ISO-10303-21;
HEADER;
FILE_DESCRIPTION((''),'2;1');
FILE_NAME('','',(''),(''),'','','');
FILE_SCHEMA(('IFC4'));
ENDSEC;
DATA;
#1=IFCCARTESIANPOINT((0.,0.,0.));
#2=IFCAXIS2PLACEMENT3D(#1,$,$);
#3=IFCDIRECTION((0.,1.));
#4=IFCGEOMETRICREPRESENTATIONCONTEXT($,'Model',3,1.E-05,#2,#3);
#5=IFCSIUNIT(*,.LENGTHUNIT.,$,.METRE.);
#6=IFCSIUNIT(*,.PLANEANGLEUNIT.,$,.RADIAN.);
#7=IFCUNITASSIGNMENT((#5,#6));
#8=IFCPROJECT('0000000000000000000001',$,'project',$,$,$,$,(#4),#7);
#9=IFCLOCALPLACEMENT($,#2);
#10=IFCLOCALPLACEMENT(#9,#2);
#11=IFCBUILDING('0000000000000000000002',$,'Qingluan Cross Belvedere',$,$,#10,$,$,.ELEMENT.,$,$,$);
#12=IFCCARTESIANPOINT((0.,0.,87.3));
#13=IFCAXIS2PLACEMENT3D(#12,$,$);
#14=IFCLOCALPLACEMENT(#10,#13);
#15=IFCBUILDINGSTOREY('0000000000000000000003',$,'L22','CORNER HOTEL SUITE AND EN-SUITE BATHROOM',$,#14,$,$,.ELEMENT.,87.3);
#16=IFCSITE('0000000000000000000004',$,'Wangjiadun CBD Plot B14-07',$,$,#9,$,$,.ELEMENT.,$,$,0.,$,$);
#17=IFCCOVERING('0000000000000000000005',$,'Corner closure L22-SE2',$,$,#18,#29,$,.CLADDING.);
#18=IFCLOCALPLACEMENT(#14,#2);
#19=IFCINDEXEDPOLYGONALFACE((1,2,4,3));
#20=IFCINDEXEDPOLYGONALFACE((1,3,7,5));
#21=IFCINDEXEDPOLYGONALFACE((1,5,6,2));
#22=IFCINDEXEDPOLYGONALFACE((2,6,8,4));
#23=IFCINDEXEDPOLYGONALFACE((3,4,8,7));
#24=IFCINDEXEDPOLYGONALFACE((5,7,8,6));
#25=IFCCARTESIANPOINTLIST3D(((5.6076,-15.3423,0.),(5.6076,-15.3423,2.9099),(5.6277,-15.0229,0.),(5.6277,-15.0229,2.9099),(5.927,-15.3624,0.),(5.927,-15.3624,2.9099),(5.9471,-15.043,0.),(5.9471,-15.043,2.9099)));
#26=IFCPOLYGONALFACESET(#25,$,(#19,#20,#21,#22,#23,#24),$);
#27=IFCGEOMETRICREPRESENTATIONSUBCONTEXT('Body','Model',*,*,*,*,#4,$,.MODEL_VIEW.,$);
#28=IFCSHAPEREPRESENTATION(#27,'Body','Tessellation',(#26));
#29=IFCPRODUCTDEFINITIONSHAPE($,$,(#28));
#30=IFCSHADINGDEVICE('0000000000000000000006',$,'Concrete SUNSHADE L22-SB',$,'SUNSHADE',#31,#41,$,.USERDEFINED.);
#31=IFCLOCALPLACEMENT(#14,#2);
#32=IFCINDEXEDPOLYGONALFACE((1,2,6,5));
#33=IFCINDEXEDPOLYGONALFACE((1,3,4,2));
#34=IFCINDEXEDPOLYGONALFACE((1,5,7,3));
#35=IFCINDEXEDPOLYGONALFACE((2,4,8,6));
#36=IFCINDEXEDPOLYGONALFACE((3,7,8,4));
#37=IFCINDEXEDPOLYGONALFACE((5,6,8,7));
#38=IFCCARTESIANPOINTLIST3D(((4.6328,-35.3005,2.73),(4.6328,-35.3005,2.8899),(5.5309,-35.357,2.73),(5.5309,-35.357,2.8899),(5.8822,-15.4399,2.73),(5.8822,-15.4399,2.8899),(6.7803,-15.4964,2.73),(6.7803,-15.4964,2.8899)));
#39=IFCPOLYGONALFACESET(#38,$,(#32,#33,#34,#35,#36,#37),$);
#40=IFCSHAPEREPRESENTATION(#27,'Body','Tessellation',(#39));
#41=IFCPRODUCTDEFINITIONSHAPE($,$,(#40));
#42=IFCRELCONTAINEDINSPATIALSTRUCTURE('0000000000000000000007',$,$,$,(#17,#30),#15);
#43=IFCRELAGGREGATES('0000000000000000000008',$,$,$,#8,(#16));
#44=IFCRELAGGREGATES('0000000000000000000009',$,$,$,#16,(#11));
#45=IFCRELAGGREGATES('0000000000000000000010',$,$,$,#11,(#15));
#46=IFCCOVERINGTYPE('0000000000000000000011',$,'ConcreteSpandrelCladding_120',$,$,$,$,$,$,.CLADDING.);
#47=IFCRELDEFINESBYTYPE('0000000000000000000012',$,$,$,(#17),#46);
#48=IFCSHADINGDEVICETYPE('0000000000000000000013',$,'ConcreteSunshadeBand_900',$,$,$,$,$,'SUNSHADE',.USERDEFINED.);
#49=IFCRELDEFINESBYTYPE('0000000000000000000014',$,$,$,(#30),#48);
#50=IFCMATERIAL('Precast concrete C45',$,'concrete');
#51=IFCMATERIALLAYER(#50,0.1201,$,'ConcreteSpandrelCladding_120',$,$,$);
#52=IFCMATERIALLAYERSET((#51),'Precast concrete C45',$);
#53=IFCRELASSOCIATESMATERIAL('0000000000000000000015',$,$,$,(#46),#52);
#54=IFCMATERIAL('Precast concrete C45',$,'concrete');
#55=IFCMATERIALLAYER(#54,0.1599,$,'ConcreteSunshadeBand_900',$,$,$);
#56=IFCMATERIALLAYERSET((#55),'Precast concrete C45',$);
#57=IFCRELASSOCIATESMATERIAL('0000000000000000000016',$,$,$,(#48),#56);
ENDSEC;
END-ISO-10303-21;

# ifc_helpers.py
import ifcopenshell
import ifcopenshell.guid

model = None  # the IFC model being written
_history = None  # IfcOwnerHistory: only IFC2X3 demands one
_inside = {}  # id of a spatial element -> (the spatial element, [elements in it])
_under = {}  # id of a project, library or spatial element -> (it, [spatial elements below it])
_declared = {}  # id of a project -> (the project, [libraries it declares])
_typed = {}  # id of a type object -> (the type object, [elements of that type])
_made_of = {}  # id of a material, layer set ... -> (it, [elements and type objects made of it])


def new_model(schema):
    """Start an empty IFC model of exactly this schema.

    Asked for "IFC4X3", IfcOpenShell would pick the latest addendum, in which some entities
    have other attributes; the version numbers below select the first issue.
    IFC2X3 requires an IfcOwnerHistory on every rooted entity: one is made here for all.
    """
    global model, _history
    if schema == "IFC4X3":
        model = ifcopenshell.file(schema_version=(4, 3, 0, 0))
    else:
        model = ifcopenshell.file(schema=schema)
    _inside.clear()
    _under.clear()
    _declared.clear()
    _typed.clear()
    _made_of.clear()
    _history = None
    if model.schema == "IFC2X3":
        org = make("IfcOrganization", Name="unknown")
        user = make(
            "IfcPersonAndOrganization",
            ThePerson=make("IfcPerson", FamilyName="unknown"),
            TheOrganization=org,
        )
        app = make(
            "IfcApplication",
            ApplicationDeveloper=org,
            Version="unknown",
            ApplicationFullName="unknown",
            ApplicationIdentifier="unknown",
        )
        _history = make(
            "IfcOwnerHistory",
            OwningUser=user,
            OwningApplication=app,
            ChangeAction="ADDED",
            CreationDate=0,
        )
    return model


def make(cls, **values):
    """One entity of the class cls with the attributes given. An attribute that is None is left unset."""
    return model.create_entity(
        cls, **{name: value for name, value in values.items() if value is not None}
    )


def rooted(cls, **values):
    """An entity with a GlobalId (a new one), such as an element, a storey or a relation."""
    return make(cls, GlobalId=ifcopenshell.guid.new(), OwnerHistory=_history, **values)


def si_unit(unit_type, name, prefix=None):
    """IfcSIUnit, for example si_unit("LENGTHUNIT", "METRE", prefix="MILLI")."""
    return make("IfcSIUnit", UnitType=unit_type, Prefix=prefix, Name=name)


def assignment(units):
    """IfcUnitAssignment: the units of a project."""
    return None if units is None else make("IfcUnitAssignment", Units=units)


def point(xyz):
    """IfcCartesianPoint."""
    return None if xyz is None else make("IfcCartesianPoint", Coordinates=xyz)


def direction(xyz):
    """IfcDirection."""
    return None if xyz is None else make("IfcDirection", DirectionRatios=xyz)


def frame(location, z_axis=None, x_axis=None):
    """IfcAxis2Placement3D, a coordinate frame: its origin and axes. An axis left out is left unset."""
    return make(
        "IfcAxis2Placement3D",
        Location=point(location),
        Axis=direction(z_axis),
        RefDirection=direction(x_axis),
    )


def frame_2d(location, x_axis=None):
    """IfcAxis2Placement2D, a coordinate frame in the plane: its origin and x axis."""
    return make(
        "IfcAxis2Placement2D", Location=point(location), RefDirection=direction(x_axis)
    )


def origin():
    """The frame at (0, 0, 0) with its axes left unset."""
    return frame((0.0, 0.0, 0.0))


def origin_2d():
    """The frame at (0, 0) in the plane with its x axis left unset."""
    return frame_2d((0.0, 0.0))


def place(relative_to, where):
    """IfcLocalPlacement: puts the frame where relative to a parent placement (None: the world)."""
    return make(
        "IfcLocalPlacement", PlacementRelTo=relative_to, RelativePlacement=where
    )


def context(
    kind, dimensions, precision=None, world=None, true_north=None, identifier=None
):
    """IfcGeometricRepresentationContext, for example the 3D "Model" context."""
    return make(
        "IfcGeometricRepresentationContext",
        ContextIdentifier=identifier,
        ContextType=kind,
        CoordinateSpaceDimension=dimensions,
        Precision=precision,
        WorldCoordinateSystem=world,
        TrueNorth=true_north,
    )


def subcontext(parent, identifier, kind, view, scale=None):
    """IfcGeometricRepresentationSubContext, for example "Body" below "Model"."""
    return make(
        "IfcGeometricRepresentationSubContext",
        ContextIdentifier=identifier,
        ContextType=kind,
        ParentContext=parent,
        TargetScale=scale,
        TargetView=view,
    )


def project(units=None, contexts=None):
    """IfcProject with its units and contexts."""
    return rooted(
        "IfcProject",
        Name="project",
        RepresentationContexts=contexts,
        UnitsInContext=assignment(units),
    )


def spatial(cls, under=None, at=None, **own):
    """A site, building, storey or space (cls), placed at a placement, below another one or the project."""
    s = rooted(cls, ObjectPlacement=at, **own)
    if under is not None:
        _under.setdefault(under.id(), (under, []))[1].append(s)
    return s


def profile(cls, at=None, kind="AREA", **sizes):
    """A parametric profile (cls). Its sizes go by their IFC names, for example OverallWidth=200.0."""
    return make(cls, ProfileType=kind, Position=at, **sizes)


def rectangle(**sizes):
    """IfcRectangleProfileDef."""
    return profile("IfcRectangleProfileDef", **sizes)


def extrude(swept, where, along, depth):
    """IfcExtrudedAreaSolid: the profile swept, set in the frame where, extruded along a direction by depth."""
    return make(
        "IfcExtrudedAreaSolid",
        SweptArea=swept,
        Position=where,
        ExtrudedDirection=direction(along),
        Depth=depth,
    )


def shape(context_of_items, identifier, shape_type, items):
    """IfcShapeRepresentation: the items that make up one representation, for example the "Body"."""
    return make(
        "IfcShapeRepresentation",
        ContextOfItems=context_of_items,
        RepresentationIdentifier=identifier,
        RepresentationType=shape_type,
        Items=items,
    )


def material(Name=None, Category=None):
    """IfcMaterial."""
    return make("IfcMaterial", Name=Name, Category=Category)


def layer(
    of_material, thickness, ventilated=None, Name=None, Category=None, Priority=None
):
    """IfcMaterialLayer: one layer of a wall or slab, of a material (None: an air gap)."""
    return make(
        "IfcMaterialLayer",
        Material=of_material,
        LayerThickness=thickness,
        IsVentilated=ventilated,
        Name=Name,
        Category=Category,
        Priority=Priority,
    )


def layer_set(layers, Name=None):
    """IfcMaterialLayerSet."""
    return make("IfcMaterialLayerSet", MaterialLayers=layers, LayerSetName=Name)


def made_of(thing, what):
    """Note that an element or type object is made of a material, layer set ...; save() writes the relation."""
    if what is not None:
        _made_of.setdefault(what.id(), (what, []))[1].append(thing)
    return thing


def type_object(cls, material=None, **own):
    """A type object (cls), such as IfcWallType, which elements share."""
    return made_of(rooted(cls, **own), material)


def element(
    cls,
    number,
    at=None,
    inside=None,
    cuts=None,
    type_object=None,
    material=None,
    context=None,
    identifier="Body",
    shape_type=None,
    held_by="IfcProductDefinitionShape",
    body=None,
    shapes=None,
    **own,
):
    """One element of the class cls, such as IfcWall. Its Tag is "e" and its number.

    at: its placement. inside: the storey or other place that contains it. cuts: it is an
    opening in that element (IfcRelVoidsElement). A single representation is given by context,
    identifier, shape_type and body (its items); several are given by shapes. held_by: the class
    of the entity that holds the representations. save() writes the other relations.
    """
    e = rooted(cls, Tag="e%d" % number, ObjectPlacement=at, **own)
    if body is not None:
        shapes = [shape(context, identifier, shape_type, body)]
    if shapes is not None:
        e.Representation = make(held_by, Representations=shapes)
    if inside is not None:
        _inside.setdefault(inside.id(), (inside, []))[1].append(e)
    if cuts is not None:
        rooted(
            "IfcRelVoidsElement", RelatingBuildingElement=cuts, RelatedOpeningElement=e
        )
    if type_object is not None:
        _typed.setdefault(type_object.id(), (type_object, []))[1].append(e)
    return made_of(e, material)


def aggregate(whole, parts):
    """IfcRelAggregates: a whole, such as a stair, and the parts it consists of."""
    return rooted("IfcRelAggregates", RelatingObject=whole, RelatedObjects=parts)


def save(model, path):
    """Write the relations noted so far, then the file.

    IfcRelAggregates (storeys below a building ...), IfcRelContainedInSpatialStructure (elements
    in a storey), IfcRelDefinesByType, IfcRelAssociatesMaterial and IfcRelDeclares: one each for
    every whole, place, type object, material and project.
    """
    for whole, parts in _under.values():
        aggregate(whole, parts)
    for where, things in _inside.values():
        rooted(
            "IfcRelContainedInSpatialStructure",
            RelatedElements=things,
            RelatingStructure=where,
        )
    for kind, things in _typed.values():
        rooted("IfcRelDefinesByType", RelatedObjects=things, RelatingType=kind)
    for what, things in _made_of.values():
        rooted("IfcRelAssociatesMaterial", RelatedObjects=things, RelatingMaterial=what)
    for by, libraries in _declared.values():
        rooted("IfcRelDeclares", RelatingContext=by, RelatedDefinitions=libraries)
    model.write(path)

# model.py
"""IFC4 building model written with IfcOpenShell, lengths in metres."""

from ifc_helpers import new_model, si_unit, direction, frame, origin, origin_2d, place, context, subcontext, project, spatial, rectangle, extrude, material, layer, layer_set, type_object, element, save


model = new_model("IFC4")

# Units and contexts
model_context = context("Model", 3, precision=1e-05, world=origin(), true_north=direction((0.0, 1.0)))
body_context = subcontext(model_context, "Body", "Model", "MODEL_VIEW")
ifc_project = project(units=[si_unit("LENGTHUNIT", "METRE"), si_unit("PLANEANGLEUNIT", "RADIAN")], contexts=[model_context])

# Site, building, storey
site_placement = place(None, origin())
site = spatial("IfcSite", under=ifc_project, at=site_placement, Name="Wangjiadun CBD Plot B14-07", CompositionType="ELEMENT", RefElevation=0.0)
building_placement = place(site_placement, origin())
building = spatial("IfcBuilding", under=site, at=building_placement, Name="Qingluan Cross Belvedere", CompositionType="ELEMENT")
storey_placement = place(building_placement, frame((0.0, 0.0, 87.3)))
storey = spatial("IfcBuildingStorey", under=building, at=storey_placement, Name="L22", Description="CORNER HOTEL SUITE AND EN-SUITE BATHROOM", CompositionType="ELEMENT", Elevation=87.3)

# Covering
ifc_material_1 = material(Name="Precast concrete C45", Category="concrete")
ifc_layer_1 = layer(ifc_material_1, 0.1201, Name="ConcreteSpandrelCladding_120")
ifc_layer_set_1 = layer_set([ifc_layer_1], Name="Precast concrete C45")
covering_type = type_object("IfcCoveringType", Name="ConcreteSpandrelCladding_120", PredefinedType="CLADDING", material=ifc_layer_set_1)
covering_placement = place(storey_placement, frame((5.7773, -15.1926, 0.0), z_axis=(0.0, 0.0, 1.0), x_axis=(0.998027, -0.062791, 0.0)))
element("IfcCovering", 1, at=covering_placement, inside=storey, type_object=covering_type, Name="Corner closure L22-SE2", PredefinedType="CLADDING", context=body_context, shape_type="SweptSolid", body=[
    extrude(rectangle(XDim=0.3201, YDim=0.3201, at=origin_2d()), origin(), (0.0, 0.0, 1.0), 2.9099),
])

# Shading device
ifc_material_2 = material(Name="Precast concrete C45", Category="concrete")
ifc_layer_2 = layer(ifc_material_2, 0.1599, Name="ConcreteSunshadeBand_900")
ifc_layer_set_2 = layer_set([ifc_layer_2], Name="Precast concrete C45")
shading_device_type = type_object("IfcShadingDeviceType", Name="ConcreteSunshadeBand_900", ElementType="SUNSHADE", PredefinedType="USERDEFINED", material=ifc_layer_set_2)
shading_device_placement = place(storey_placement, frame((5.7065, -25.3984, 2.73), z_axis=(0.0, 0.0, 1.0), x_axis=(0.062786, 0.998027, 0.0)))
element("IfcShadingDevice", 2, at=shading_device_placement, inside=storey, type_object=shading_device_type, Name="Concrete SUNSHADE L22-SB", ObjectType="SUNSHADE", PredefinedType="USERDEFINED", context=body_context, shape_type="SweptSolid", body=[
    extrude(rectangle(XDim=19.8999, YDim=0.8999, at=origin_2d()), origin(), (0.0, 0.0, 1.0), 0.1599),
])

save(model, "model.ifc")
